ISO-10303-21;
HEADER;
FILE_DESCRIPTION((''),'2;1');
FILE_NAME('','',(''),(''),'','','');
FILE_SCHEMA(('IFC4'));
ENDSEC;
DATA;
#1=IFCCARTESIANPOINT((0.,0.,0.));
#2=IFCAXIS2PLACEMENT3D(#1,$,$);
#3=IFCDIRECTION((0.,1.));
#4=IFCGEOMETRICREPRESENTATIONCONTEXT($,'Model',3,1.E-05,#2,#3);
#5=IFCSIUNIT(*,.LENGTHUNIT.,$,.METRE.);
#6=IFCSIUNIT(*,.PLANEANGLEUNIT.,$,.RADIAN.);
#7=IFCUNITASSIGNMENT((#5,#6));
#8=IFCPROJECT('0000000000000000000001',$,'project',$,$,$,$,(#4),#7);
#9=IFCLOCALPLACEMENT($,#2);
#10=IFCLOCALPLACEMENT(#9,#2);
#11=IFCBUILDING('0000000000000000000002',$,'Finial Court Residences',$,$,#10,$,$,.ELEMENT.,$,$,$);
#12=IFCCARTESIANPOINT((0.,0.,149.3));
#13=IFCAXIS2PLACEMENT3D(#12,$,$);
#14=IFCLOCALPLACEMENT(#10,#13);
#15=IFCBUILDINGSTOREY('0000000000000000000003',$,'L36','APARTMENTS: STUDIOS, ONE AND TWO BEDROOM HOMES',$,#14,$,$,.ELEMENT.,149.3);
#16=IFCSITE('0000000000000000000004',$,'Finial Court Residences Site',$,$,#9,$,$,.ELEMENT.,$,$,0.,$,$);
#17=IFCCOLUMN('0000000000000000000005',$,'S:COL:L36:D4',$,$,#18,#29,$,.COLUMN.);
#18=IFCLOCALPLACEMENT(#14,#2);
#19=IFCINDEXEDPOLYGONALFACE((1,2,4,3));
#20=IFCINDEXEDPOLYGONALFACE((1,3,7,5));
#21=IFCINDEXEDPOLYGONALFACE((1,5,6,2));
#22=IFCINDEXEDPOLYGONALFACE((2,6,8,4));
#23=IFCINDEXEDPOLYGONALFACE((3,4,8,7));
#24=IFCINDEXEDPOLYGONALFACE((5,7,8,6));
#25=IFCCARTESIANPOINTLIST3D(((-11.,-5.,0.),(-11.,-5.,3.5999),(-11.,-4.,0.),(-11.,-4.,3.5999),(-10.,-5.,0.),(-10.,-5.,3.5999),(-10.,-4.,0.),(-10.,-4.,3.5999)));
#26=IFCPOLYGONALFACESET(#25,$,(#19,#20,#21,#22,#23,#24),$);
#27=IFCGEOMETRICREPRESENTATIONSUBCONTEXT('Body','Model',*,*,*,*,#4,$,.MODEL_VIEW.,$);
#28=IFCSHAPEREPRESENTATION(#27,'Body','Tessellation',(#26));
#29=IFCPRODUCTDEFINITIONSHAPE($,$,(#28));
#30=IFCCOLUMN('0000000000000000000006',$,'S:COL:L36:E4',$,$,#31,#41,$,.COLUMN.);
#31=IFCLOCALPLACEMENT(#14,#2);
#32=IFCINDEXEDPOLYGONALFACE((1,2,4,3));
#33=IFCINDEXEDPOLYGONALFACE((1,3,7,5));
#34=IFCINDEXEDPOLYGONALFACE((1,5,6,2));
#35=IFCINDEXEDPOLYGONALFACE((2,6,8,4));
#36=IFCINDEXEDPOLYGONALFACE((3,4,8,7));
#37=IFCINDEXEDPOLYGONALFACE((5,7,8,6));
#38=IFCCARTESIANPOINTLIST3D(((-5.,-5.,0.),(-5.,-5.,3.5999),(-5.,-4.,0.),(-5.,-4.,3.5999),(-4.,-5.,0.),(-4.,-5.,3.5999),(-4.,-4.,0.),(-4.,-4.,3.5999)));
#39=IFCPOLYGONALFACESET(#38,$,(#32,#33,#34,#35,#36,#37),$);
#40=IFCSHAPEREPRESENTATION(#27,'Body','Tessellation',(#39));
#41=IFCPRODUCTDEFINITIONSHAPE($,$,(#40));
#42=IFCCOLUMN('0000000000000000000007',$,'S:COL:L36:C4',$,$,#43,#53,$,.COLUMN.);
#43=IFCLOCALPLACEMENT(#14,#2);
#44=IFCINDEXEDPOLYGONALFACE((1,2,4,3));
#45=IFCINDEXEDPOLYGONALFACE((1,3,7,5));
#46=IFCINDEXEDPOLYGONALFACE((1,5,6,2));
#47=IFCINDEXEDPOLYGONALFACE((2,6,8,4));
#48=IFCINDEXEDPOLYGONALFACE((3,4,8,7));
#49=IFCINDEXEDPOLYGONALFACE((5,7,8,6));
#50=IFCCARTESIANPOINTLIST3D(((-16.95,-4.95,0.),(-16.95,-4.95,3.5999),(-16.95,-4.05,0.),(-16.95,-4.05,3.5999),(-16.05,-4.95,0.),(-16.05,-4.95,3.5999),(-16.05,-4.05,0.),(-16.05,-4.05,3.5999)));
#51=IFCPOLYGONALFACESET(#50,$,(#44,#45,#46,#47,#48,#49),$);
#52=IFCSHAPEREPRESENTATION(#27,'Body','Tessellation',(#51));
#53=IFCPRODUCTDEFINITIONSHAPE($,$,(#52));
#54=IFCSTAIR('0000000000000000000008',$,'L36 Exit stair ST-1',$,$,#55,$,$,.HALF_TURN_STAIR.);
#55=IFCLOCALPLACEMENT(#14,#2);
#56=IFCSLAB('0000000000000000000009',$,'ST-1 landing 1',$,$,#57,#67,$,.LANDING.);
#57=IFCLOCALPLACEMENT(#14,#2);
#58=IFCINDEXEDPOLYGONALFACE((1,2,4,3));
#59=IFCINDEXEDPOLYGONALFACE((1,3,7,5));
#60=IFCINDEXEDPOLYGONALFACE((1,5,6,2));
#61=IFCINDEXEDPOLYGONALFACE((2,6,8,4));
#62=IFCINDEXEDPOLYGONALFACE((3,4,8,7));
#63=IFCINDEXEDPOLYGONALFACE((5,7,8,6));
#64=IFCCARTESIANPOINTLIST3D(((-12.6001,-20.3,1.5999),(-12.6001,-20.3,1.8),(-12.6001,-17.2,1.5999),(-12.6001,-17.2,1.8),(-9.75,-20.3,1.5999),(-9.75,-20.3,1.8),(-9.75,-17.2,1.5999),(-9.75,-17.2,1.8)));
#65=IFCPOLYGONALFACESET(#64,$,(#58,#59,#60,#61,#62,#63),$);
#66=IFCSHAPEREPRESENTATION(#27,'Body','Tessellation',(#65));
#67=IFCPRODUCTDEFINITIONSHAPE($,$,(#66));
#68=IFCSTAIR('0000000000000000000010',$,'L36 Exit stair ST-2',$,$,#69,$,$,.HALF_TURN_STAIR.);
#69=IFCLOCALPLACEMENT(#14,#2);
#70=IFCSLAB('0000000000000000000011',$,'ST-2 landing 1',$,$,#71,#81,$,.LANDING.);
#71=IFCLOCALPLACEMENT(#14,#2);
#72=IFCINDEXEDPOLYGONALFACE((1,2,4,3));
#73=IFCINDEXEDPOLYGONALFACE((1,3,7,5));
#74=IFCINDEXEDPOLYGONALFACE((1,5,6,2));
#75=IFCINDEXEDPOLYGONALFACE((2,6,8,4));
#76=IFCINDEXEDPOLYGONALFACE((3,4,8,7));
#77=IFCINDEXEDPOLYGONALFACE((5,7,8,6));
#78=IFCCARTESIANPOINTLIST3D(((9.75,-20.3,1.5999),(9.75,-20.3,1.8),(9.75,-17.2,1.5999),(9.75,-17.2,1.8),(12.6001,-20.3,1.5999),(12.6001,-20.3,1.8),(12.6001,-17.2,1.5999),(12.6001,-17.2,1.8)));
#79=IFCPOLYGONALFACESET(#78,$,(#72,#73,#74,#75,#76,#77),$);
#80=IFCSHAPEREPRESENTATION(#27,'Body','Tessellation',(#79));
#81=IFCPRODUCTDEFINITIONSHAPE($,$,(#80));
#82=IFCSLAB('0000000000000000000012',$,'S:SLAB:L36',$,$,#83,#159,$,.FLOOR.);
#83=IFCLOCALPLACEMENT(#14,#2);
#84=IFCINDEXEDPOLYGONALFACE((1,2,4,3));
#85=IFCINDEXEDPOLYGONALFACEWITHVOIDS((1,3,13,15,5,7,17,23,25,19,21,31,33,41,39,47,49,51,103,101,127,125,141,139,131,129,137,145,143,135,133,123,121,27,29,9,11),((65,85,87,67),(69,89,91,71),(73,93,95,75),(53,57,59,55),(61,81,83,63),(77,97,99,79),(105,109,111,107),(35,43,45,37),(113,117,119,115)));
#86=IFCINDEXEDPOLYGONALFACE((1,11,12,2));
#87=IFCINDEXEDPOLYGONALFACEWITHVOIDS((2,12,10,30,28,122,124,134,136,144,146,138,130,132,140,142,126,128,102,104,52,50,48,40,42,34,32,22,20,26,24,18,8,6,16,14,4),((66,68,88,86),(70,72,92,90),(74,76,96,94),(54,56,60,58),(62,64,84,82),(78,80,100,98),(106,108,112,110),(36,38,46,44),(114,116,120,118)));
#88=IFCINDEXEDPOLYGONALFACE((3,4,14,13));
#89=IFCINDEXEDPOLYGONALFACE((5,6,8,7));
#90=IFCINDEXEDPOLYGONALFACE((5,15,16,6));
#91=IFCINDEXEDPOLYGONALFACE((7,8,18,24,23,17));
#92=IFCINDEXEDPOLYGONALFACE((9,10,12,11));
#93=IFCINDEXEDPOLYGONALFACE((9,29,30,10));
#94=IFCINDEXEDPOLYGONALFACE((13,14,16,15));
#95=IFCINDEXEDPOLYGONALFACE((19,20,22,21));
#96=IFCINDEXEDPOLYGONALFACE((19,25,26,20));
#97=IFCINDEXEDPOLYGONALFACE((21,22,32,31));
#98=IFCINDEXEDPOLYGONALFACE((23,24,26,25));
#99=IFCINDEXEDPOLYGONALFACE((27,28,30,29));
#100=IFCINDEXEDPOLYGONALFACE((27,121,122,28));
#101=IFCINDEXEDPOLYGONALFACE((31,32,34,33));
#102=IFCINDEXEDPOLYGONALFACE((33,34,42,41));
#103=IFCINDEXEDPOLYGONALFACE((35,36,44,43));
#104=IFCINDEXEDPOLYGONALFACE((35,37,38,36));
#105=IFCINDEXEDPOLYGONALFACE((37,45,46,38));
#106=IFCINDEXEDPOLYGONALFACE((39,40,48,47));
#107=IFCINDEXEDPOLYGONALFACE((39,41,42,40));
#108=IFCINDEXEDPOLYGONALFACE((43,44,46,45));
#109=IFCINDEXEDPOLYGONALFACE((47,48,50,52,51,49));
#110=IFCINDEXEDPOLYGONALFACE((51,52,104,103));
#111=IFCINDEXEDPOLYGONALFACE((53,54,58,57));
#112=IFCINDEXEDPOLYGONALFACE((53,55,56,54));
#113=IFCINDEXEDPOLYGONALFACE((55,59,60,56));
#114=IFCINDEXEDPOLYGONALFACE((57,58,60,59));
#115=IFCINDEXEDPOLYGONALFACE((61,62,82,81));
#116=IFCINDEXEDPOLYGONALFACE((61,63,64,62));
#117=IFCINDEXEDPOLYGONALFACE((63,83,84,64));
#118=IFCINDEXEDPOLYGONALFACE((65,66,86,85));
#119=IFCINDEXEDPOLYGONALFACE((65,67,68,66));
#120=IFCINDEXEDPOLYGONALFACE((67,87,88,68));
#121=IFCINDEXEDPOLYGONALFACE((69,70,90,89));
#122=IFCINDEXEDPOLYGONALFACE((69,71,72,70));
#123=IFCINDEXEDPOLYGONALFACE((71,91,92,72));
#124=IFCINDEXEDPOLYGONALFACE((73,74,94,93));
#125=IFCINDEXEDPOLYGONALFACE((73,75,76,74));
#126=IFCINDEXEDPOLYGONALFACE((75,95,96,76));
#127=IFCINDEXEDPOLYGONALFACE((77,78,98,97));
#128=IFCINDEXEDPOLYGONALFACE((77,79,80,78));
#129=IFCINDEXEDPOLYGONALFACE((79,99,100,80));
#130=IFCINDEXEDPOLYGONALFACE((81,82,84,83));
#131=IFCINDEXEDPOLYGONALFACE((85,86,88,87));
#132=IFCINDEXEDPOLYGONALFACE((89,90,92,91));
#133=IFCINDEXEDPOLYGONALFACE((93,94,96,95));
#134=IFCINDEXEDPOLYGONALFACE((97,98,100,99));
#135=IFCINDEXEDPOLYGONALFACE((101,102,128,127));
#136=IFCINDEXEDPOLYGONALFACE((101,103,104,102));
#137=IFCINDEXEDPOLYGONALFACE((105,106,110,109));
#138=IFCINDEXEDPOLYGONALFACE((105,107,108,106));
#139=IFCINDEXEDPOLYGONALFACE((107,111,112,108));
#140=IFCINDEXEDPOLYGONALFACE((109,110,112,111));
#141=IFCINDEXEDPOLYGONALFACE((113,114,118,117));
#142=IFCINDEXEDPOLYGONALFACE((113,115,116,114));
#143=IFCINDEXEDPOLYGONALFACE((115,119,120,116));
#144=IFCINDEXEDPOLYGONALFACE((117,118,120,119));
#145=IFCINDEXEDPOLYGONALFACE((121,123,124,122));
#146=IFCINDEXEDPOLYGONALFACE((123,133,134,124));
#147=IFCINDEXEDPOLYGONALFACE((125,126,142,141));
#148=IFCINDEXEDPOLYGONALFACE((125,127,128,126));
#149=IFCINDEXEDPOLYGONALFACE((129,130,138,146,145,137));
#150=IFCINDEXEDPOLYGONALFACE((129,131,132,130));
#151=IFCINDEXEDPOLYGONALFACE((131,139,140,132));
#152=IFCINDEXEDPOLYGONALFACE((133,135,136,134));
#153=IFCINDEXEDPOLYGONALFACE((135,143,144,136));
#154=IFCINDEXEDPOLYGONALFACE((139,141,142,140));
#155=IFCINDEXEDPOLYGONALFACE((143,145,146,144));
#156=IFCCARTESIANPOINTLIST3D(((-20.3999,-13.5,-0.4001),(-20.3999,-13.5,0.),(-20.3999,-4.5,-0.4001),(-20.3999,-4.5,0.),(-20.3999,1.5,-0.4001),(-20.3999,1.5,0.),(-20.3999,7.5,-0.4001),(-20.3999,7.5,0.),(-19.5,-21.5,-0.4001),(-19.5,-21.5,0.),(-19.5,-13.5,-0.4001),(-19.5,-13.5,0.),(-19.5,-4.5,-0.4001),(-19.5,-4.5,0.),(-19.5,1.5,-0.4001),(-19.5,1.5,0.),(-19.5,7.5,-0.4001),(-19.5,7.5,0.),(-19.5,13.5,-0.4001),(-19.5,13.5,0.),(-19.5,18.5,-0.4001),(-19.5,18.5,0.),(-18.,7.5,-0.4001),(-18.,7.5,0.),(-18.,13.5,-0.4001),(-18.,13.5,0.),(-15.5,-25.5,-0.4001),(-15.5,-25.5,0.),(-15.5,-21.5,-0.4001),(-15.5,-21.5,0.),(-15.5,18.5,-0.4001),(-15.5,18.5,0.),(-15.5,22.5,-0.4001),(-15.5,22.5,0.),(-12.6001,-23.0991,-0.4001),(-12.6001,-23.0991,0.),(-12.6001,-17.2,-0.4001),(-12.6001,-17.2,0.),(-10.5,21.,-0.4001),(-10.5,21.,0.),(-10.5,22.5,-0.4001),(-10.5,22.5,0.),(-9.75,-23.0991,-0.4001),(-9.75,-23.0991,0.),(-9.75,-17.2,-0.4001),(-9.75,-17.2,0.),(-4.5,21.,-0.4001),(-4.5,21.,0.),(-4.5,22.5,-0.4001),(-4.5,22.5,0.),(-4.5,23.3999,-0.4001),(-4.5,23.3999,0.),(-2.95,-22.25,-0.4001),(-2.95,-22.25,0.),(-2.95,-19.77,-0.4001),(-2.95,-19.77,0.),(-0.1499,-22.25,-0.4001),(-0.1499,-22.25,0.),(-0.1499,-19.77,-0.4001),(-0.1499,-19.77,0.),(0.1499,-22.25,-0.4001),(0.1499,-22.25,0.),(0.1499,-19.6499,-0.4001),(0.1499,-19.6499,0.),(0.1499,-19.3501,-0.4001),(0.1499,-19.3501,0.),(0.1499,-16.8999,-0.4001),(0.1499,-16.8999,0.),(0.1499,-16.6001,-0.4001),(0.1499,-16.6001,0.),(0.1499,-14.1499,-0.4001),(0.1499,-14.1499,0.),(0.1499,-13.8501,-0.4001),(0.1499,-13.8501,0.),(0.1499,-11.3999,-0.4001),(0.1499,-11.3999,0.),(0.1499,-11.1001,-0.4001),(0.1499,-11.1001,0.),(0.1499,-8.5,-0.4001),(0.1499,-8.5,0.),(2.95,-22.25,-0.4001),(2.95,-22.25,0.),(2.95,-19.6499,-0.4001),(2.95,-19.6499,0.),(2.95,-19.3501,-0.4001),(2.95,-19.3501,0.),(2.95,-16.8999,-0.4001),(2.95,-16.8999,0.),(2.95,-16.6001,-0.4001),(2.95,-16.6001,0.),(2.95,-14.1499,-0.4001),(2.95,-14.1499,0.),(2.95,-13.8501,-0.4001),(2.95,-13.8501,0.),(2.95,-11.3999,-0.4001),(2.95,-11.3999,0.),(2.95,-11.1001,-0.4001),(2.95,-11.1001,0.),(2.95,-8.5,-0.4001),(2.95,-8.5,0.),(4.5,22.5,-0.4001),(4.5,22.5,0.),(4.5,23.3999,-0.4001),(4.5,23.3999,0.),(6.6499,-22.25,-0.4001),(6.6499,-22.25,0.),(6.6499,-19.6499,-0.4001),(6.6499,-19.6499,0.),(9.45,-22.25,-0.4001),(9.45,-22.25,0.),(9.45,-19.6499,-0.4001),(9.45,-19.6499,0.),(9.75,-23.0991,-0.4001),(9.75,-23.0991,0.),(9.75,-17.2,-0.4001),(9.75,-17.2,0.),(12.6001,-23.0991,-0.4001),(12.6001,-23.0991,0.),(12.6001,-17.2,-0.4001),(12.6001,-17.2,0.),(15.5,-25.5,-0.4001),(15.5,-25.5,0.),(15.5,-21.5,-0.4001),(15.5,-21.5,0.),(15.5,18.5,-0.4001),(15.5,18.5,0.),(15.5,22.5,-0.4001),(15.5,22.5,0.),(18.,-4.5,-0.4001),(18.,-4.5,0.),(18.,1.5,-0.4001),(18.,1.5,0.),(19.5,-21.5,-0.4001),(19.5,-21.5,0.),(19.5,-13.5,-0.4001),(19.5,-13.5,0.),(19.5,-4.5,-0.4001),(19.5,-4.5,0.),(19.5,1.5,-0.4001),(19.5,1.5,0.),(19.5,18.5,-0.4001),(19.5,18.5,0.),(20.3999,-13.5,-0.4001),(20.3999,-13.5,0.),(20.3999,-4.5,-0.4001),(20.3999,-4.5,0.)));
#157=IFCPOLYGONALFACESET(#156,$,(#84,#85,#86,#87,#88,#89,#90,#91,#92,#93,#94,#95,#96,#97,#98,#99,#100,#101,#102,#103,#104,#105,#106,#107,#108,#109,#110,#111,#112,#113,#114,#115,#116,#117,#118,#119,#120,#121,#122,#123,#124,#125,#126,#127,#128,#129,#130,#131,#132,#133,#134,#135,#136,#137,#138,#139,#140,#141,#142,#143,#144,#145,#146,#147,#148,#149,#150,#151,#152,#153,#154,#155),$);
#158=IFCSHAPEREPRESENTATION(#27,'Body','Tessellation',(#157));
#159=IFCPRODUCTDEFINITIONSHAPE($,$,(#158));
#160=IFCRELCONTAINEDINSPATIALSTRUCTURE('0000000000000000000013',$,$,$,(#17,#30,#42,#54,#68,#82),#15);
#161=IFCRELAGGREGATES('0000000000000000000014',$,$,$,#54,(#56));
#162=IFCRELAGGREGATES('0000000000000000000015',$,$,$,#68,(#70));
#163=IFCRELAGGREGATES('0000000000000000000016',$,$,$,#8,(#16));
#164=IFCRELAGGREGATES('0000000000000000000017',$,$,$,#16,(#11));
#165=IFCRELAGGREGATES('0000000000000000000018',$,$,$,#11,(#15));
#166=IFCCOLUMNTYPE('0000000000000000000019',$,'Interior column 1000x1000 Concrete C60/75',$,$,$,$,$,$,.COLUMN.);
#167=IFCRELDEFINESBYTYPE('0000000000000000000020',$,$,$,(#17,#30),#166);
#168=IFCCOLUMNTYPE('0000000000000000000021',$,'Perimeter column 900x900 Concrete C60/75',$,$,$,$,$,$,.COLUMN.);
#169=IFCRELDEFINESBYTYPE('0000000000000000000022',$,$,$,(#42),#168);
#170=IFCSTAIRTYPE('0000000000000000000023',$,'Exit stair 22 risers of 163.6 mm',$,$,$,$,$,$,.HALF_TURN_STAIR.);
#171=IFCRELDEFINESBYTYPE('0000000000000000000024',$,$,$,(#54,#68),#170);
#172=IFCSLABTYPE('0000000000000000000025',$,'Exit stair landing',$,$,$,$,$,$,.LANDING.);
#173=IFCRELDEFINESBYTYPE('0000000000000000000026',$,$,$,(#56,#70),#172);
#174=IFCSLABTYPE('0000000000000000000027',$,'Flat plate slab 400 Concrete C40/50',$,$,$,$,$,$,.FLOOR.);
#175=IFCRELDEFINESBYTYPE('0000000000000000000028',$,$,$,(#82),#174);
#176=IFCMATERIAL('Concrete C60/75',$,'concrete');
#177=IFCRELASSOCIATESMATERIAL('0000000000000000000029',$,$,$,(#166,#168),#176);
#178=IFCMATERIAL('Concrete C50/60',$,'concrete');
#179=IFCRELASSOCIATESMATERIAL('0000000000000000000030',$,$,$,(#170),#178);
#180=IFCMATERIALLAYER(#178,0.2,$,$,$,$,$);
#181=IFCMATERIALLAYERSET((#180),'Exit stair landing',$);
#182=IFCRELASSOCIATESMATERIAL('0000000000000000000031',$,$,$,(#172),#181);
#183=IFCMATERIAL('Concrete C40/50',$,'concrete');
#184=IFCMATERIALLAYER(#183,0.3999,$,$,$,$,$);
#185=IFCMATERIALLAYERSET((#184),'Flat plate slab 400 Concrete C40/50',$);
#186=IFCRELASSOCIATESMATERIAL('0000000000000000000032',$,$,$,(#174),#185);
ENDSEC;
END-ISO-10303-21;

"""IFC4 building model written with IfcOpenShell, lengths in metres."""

from ifc_helpers import new_model, si_unit, direction, frame, origin, origin_2d, place, context, subcontext, project, spatial, polyline, rectangle, outline, extrude, material, layer, layer_set, material_profile, profile_set, type_object, element, aggregate, save


model = new_model("IFC4")

# Units and contexts
model_context = context("Model", 3, precision=1e-05, world=origin(), true_north=direction((0.0, 1.0)))
body_context = subcontext(model_context, "Body", "Model", "MODEL_VIEW")
ifc_project = project(units=[si_unit("LENGTHUNIT", "METRE"), si_unit("PLANEANGLEUNIT", "RADIAN")], contexts=[model_context])

# Site, building, storey
site_placement = place(None, origin())
site = spatial("IfcSite", under=ifc_project, at=site_placement, Name="Finial Court Residences Site", CompositionType="ELEMENT", RefElevation=0.0)
building_placement = place(site_placement, origin())
building = spatial("IfcBuilding", under=site, at=building_placement, Name="Finial Court Residences", CompositionType="ELEMENT")
storey_placement = place(building_placement, frame((0.0, 0.0, 149.3)))
storey = spatial("IfcBuildingStorey", under=building, at=storey_placement, Name="L36", Description="APARTMENTS: STUDIOS, ONE AND TWO BEDROOM HOMES", CompositionType="ELEMENT", Elevation=149.3)

# Columns
ifc_material_1 = material(Name="Concrete C60/75", Category="concrete")
ifc_material_profile_1 = material_profile(ifc_material_1, rectangle(XDim=1.0, YDim=1.0, at=origin_2d()), Name="1000x1000")
ifc_profile_set_1 = profile_set([ifc_material_profile_1], Name="Concrete C60/75")
column_type_1 = type_object("IfcColumnType", Name="Interior column 1000x1000 Concrete C60/75", PredefinedType="COLUMN", material=ifc_profile_set_1)
for number, where, z_axis, x_axis, name in (
    (1, (-10.5, -4.5, 0.0), (0.0, 0.0, 1.0), (1.0, 0.0, 0.0), "S:COL:L36:D4"),
    (2, (-4.5, -4.5, 0.0), (0.0, 0.0, 1.0), (1.0, 0.0, 0.0), "S:COL:L36:E4"),
):
    element("IfcColumn", number, at=place(storey_placement, frame(where, z_axis=z_axis, x_axis=x_axis)), inside=storey, type_object=column_type_1, Name=name, PredefinedType="COLUMN", context=body_context, shape_type="SweptSolid", body=[
        extrude(rectangle(XDim=1.0, YDim=1.0, at=origin_2d()), origin(), (0.0, 0.0, 1.0), 3.5999),
    ])
ifc_material_profile_2 = material_profile(ifc_material_1, rectangle(XDim=0.8999, YDim=0.8999, at=origin_2d()), Name="900x900")
ifc_profile_set_2 = profile_set([ifc_material_profile_2], Name="Concrete C60/75")
column_type_2 = type_object("IfcColumnType", Name="Perimeter column 900x900 Concrete C60/75", PredefinedType="COLUMN", material=ifc_profile_set_2)
column_placement = place(storey_placement, frame((-16.5, -4.5, 0.0), z_axis=(0.0, 0.0, 1.0), x_axis=(1.0, 0.0, 0.0)))
element("IfcColumn", 3, at=column_placement, inside=storey, type_object=column_type_2, Name="S:COL:L36:C4", PredefinedType="COLUMN", context=body_context, shape_type="SweptSolid", body=[
    extrude(rectangle(XDim=0.8999, YDim=0.8999, at=origin_2d()), origin(), (0.0, 0.0, 1.0), 3.5999),
])

# Stairs, slabs
ifc_material_2 = material(Name="Concrete C50/60", Category="concrete")
stair_type = type_object("IfcStairType", Name="Exit stair 22 risers of 163.6 mm", PredefinedType="HALF_TURN_STAIR", material=ifc_material_2)
stair_1_placement = place(storey_placement, origin())
stair_1 = element("IfcStair", 4, at=stair_1_placement, inside=storey, type_object=stair_type, Name="L36 Exit stair ST-1", PredefinedType="HALF_TURN_STAIR")
ifc_layer_1 = layer(ifc_material_2, 0.2)
ifc_layer_set_1 = layer_set([ifc_layer_1], Name="Exit stair landing")
slab_type_1 = type_object("IfcSlabType", Name="Exit stair landing", PredefinedType="LANDING", material=ifc_layer_set_1)
slab_1_placement = place(storey_placement, frame((0.0, 0.0, 1.5999)))
slab_1 = element("IfcSlab", 5, at=slab_1_placement, type_object=slab_type_1, Name="ST-1 landing 1", PredefinedType="LANDING", context=body_context, shape_type="SweptSolid", body=[
    extrude(outline(polyline([(-9.75, -20.3), (-9.75, -17.2), (-12.6001, -17.2), (-12.6001, -20.3), (-9.75, -20.3)])), origin(), (0.0, 0.0, 1.0), 0.2002),
])
aggregate(stair_1, [slab_1])
stair_2_placement = place(storey_placement, origin())
stair_2 = element("IfcStair", 6, at=stair_2_placement, inside=storey, type_object=stair_type, Name="L36 Exit stair ST-2", PredefinedType="HALF_TURN_STAIR")
slab_2_placement = place(storey_placement, frame((0.0, 0.0, 1.5999)))
slab_2 = element("IfcSlab", 7, at=slab_2_placement, type_object=slab_type_1, Name="ST-2 landing 1", PredefinedType="LANDING", context=body_context, shape_type="SweptSolid", body=[
    extrude(outline(polyline([(12.6001, -20.3), (12.6001, -17.2), (9.75, -17.2), (9.75, -20.3), (12.6001, -20.3)])), origin(), (0.0, 0.0, 1.0), 0.2002),
])
aggregate(stair_2, [slab_2])

# Slab
ifc_material_3 = material(Name="Concrete C40/50", Category="concrete")
ifc_layer_2 = layer(ifc_material_3, 0.3999)
ifc_layer_set_2 = layer_set([ifc_layer_2], Name="Flat plate slab 400 Concrete C40/50")
slab_type_2 = type_object("IfcSlabType", Name="Flat plate slab 400 Concrete C40/50", PredefinedType="FLOOR", material=ifc_layer_set_2)
slab_3_placement = place(storey_placement, frame((0.0, 0.0, -0.4001)))
element("IfcSlab", 8, at=slab_3_placement, inside=storey, type_object=slab_type_2, Name="S:SLAB:L36", PredefinedType="FLOOR", context=body_context, shape_type="SweptSolid", body=[
    extrude(outline(polyline([(-19.5, 1.5), (-20.3999, 1.5), (-20.3999, 7.5), (-19.5, 7.5), (-18.0, 7.5), (-18.0, 13.5), (-19.5, 13.5), (-19.5, 18.5), (-15.5, 18.5), (-15.5, 22.5), (-10.5, 22.5), (-10.5, 21.0), (-4.5, 21.0), (-4.5, 22.5), (-4.5, 23.3999), (4.5, 23.3999), (4.5, 22.5), (15.5, 22.5), (15.5, 18.5), (19.5, 18.5), (19.5, 1.5), (18.0, 1.5), (18.0, -4.5), (19.5, -4.5), (20.3999, -4.5), (20.3999, -13.5), (19.5, -13.5), (19.5, -21.5), (15.5, -21.5), (15.5, -25.5), (-15.5, -25.5), (-15.5, -21.5), (-19.5, -21.5), (-19.5, -13.5), (-20.3999, -13.5), (-20.3999, -4.5), (-19.5, -4.5), (-19.5, 1.5)]), holes=[polyline([(-0.1499, -19.77), (-2.95, -19.77), (-2.95, -22.25), (-0.1499, -22.25), (-0.1499, -19.77)]), polyline([(2.95, -19.6499), (0.1499, -19.6499), (0.1499, -22.25), (2.95, -22.25), (2.95, -19.6499)]), polyline([(9.45, -19.6499), (6.6499, -19.6499), (6.6499, -22.25), (9.45, -22.25), (9.45, -19.6499)]), polyline([(-12.6001, -17.2), (-12.6001, -23.0991), (-9.75, -23.0991), (-9.75, -17.2), (-12.6001, -17.2)]), polyline([(9.75, -17.2), (9.75, -23.0991), (12.6001, -23.0991), (12.6001, -17.2), (9.75, -17.2)]), polyline([(2.95, -16.8999), (0.1499, -16.8999), (0.1499, -19.3501), (2.95, -19.3501), (2.95, -16.8999)]), polyline([(2.95, -14.1499), (0.1499, -14.1499), (0.1499, -16.6001), (2.95, -16.6001), (2.95, -14.1499)]), polyline([(2.95, -13.8501), (2.95, -11.3999), (0.1499, -11.3999), (0.1499, -13.8501), (2.95, -13.8501)]), polyline([(2.95, -11.1001), (2.95, -8.5), (0.1499, -8.5), (0.1499, -11.1001), (2.95, -11.1001)])]), origin(), (0.0, 0.0, 1.0), 0.4001),
])

save(model, "model.ifc")
